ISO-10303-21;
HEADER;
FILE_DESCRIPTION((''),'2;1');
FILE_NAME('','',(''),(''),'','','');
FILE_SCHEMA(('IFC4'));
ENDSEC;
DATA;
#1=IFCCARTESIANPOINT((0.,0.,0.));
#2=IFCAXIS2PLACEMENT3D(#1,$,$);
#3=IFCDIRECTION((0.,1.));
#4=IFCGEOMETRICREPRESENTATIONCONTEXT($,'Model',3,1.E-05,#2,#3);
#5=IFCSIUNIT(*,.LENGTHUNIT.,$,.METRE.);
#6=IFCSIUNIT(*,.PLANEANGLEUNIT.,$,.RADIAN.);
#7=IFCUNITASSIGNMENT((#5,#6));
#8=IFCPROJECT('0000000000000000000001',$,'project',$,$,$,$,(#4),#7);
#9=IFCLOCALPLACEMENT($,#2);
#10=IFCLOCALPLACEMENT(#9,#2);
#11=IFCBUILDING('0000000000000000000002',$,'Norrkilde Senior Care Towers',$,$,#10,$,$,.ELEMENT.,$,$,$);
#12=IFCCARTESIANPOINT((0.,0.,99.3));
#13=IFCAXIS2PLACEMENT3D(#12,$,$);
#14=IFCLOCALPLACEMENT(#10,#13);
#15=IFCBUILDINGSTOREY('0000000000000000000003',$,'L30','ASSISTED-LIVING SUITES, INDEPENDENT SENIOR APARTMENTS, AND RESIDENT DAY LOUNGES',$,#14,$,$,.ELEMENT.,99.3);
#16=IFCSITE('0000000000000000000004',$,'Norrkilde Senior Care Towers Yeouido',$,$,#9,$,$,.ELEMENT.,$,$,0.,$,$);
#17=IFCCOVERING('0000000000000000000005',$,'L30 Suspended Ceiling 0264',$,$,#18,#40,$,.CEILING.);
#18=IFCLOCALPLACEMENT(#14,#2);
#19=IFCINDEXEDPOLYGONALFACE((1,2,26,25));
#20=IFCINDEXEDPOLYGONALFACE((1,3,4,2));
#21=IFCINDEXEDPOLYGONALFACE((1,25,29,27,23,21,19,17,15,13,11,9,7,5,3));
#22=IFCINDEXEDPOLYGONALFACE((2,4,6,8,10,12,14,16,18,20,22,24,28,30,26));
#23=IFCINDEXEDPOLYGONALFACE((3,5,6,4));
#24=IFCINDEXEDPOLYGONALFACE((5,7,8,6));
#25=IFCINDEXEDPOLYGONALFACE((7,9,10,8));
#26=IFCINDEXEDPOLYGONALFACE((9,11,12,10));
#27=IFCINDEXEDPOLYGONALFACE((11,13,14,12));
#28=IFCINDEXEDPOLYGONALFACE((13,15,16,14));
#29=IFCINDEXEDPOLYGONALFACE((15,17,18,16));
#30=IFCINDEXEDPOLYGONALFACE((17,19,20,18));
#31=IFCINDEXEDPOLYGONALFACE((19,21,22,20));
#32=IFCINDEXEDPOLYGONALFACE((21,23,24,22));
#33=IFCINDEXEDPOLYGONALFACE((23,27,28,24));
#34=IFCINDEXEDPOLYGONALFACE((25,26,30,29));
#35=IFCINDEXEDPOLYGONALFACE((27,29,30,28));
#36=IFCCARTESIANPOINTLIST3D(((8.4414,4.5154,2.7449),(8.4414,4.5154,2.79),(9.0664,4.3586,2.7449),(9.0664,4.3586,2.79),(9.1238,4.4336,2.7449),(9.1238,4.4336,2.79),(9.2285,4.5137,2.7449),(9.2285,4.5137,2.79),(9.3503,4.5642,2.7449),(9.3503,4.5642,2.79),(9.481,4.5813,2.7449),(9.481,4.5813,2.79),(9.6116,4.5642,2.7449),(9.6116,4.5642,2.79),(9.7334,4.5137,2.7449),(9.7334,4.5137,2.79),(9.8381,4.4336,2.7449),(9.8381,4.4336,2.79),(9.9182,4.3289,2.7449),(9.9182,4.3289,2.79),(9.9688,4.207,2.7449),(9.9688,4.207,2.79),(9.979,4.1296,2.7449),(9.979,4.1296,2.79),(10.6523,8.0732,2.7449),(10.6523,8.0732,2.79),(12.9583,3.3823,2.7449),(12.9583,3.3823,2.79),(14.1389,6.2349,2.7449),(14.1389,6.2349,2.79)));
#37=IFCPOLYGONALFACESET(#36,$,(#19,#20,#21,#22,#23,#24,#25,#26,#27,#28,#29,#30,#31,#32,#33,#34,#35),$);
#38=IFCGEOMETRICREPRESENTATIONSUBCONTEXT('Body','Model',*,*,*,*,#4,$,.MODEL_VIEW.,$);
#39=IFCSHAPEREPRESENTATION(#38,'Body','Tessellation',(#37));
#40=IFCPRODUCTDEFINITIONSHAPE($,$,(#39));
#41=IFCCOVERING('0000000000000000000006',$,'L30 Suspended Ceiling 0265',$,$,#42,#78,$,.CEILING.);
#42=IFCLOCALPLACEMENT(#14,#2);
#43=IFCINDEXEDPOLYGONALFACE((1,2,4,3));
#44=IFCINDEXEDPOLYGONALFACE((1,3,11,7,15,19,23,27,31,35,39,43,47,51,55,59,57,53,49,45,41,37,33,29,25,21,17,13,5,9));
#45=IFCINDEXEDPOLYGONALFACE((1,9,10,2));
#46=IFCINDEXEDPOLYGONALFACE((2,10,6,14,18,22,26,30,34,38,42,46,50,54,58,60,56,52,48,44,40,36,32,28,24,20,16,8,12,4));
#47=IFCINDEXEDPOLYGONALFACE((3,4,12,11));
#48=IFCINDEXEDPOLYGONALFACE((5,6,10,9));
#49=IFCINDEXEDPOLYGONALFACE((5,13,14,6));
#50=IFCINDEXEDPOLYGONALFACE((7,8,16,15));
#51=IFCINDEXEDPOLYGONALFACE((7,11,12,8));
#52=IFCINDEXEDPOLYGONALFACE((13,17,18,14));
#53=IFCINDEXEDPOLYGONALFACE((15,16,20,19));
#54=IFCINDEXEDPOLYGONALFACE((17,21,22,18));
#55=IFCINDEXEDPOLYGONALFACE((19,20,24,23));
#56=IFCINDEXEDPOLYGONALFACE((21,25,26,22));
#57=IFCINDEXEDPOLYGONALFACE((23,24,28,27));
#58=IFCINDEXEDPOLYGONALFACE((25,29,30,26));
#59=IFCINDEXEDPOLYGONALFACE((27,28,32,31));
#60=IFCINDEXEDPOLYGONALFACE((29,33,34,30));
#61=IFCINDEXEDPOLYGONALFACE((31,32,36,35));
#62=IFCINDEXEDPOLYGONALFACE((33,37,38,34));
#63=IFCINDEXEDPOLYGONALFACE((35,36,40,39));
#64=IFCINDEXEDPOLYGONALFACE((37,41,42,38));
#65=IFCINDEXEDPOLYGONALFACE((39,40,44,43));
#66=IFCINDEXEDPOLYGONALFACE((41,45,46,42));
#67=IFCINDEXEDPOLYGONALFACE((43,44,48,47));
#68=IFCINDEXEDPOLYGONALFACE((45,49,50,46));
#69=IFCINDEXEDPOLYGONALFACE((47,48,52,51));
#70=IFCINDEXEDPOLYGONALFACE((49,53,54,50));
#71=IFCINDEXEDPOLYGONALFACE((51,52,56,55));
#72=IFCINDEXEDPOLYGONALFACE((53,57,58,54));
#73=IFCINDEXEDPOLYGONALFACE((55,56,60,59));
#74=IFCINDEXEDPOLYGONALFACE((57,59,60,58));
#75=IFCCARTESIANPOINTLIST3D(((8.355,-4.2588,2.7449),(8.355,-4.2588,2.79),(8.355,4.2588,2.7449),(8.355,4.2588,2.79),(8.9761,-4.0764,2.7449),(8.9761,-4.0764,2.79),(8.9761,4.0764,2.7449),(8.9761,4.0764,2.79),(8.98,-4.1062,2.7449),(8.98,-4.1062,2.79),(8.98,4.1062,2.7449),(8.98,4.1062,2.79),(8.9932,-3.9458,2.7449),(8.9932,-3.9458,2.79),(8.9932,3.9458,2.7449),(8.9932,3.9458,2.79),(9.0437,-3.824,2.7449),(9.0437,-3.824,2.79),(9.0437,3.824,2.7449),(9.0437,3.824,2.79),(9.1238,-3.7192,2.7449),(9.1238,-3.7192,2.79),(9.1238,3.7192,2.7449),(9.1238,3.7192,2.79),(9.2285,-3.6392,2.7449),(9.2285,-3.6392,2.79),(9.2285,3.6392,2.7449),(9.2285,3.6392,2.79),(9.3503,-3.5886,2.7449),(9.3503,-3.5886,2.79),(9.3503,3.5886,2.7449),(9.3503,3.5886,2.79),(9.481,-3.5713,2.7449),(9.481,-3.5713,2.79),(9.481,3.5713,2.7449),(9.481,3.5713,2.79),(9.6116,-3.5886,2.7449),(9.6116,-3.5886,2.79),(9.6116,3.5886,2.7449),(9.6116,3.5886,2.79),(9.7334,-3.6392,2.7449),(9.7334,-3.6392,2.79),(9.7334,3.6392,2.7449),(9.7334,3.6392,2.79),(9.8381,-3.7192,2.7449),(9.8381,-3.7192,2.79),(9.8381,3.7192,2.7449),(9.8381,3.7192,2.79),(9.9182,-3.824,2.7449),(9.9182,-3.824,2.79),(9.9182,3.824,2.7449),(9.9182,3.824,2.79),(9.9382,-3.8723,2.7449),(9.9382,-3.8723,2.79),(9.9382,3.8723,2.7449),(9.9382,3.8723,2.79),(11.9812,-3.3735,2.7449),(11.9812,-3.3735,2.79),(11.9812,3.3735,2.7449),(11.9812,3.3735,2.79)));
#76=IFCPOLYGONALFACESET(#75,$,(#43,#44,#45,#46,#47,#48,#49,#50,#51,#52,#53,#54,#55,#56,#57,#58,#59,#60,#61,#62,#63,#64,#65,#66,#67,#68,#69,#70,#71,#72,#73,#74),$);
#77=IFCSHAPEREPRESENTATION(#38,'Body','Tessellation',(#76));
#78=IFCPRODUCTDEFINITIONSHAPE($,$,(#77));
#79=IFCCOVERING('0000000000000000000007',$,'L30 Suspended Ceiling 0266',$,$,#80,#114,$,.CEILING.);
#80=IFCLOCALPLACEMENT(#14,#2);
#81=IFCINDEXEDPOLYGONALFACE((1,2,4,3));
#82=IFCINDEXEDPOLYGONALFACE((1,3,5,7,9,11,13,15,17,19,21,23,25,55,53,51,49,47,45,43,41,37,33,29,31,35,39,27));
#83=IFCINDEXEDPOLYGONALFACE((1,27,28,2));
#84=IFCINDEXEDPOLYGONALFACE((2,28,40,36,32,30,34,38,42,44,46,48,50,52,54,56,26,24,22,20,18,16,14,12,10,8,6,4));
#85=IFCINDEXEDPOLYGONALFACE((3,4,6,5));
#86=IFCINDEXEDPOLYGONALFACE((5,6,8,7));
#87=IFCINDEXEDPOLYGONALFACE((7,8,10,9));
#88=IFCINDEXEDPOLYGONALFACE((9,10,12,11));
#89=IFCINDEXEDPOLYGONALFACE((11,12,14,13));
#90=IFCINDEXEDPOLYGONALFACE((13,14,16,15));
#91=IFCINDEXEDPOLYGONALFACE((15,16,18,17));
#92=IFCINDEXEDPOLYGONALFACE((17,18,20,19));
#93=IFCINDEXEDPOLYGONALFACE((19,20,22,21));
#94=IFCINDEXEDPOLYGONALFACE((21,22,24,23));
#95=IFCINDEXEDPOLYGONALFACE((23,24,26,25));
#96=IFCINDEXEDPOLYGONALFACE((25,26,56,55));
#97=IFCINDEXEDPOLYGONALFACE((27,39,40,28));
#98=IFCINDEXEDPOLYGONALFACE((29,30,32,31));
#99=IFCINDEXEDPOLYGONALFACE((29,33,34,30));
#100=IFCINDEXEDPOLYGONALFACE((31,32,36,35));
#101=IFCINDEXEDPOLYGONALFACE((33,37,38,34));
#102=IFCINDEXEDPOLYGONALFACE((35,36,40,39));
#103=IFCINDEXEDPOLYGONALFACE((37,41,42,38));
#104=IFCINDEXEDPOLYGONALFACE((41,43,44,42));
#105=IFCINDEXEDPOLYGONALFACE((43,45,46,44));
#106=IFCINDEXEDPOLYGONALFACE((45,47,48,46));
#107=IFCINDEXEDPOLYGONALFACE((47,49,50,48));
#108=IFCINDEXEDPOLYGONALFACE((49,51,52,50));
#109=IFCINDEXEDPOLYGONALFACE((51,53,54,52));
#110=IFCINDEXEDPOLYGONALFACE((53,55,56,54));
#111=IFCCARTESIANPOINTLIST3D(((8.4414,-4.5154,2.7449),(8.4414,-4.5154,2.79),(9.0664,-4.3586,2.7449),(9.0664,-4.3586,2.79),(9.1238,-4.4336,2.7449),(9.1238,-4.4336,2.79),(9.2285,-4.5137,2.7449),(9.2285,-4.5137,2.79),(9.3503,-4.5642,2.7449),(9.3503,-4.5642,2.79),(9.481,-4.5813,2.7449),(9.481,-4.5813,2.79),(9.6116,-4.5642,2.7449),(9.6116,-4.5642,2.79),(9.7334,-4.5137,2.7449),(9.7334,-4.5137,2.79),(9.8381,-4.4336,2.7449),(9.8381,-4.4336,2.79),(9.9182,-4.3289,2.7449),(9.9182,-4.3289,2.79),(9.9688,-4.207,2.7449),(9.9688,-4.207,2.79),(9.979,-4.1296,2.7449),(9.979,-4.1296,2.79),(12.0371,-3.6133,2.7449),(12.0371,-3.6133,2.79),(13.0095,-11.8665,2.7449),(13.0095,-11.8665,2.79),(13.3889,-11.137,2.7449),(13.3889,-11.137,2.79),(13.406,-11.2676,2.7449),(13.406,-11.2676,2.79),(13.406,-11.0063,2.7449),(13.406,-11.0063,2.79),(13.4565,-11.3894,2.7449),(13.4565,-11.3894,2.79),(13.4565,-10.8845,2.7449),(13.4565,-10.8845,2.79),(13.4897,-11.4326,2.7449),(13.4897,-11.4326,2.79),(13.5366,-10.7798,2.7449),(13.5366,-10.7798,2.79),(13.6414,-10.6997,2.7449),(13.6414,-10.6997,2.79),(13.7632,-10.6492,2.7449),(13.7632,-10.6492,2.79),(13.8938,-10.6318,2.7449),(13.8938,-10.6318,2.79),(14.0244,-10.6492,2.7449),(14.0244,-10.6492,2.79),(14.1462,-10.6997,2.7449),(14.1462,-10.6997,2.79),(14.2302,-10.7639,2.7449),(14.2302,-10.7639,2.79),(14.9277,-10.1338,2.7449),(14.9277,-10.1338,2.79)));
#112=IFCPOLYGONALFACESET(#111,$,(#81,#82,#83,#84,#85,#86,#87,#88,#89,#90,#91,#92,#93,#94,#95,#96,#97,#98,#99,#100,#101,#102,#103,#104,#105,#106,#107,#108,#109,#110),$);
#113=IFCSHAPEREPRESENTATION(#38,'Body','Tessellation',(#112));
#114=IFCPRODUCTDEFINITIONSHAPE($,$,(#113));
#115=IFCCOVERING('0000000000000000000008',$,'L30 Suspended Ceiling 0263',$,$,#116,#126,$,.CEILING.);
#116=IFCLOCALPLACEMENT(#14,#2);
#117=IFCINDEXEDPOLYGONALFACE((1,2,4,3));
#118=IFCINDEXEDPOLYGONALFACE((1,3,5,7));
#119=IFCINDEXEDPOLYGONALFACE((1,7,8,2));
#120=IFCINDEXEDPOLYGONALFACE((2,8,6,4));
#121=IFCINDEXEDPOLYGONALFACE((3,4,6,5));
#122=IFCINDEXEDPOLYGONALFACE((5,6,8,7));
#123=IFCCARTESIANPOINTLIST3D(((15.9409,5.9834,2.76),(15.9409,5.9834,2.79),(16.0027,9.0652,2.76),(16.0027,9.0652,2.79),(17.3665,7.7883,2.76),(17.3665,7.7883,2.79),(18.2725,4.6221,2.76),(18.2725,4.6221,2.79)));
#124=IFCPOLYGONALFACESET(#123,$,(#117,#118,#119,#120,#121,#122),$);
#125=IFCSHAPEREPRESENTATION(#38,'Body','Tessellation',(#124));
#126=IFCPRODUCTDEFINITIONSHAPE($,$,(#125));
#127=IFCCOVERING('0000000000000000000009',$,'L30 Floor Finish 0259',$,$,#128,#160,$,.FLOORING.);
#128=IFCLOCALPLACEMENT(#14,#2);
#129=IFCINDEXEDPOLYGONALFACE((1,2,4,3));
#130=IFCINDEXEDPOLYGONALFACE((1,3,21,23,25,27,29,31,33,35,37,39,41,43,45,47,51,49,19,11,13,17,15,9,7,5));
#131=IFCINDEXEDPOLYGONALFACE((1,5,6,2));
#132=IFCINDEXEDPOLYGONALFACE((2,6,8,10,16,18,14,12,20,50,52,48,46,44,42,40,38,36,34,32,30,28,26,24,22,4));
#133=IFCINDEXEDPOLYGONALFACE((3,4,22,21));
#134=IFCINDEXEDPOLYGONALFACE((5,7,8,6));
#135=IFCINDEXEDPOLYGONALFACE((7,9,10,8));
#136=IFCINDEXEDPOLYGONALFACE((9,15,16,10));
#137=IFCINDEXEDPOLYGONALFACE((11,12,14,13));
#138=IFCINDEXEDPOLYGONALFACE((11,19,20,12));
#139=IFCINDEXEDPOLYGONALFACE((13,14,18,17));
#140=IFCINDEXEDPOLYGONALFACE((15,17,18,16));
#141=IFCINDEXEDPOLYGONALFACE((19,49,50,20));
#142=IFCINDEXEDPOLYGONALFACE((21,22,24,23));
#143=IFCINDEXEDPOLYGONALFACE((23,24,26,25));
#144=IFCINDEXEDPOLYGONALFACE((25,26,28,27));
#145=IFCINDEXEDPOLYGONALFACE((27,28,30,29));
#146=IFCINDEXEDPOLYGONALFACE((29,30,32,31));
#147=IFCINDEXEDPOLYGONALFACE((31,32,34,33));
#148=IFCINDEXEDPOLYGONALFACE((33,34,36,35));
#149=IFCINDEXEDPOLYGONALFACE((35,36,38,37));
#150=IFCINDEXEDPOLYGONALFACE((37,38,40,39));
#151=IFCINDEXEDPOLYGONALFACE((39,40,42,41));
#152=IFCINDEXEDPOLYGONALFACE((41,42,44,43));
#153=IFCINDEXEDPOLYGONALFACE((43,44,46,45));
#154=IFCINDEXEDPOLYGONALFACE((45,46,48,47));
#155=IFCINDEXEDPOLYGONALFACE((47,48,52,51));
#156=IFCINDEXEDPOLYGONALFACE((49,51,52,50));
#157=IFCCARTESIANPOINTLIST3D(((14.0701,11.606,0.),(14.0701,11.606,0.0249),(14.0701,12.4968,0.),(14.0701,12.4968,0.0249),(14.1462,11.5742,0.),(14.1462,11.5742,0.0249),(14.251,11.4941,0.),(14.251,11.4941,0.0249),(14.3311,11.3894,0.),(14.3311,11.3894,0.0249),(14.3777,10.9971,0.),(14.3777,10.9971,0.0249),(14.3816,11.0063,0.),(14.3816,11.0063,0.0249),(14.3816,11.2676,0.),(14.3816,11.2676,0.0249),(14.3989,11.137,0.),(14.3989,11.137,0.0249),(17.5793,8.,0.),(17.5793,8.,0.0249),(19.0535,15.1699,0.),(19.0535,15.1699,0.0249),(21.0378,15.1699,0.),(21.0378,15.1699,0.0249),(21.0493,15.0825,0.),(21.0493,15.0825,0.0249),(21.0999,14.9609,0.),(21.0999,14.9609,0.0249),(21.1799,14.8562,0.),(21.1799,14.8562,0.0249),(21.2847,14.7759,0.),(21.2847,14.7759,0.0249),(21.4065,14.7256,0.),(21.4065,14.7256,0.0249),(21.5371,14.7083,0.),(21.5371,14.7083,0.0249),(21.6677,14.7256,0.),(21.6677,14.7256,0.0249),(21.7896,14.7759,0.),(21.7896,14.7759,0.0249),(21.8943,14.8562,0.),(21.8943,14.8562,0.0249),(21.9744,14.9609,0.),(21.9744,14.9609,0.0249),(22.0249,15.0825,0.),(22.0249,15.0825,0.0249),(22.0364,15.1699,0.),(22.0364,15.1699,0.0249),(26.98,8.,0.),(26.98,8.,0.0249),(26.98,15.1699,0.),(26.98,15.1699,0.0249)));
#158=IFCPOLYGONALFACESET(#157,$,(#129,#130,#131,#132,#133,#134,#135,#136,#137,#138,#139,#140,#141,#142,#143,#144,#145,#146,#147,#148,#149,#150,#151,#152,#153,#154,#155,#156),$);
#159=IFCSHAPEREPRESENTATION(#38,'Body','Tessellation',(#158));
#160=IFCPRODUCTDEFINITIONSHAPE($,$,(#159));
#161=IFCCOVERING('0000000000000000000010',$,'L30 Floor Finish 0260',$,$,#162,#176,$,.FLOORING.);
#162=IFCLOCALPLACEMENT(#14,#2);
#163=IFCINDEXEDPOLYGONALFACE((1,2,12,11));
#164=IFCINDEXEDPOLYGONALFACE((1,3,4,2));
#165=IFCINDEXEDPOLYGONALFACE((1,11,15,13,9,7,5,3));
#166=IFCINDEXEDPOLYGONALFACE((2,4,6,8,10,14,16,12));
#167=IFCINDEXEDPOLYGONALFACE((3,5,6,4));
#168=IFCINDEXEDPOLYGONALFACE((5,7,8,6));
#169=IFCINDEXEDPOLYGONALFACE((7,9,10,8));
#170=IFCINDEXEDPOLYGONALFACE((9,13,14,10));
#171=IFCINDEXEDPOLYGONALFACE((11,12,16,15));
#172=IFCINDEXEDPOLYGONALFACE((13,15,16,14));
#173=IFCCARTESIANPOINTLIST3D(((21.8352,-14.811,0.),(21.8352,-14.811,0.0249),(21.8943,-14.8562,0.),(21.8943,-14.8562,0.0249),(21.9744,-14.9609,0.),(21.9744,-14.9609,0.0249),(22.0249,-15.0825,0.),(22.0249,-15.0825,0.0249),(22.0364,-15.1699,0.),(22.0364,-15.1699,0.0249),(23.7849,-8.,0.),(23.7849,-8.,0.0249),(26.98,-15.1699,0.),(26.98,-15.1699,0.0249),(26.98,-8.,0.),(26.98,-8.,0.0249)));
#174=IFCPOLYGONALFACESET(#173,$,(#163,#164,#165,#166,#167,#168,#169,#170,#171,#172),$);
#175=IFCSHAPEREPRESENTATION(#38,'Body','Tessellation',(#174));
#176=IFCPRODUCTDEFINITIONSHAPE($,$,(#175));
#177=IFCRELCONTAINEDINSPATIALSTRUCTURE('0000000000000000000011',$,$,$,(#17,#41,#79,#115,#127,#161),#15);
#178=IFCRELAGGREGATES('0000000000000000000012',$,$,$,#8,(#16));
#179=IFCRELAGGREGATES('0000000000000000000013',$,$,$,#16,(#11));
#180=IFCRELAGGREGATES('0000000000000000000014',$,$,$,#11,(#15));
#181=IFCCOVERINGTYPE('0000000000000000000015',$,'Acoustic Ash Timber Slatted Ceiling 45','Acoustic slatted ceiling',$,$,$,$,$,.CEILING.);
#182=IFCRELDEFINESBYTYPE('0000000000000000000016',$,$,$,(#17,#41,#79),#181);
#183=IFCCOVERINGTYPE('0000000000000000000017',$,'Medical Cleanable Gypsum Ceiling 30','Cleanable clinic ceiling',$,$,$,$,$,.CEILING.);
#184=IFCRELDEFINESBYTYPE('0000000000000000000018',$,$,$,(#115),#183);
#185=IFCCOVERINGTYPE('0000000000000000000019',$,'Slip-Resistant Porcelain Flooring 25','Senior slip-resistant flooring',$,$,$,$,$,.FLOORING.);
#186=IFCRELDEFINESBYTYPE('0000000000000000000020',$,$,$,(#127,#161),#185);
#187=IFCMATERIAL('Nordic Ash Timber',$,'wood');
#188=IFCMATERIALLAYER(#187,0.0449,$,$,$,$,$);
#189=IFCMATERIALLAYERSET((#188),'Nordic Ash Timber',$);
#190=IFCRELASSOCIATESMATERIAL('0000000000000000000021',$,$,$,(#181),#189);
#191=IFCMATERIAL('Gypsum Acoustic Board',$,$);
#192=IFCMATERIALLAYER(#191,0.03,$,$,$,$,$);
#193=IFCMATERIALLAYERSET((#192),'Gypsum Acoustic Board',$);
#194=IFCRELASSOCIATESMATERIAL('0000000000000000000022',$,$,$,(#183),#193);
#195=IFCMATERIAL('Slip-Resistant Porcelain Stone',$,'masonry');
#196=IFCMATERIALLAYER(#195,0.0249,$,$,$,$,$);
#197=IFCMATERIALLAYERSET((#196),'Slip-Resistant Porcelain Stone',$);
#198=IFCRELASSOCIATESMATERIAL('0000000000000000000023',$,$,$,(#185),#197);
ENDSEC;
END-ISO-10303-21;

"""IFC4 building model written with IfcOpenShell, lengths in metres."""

from ifc_helpers import new_model, si_unit, direction, frame, origin, place, context, subcontext, project, spatial, polyline, outline, extrude, material, layer, layer_set, type_object, element, save


model = new_model("IFC4")

# Units and contexts
model_context = context("Model", 3, precision=1e-05, world=origin(), true_north=direction((0.0, 1.0)))
body_context = subcontext(model_context, "Body", "Model", "MODEL_VIEW")
ifc_project = project(units=[si_unit("LENGTHUNIT", "METRE"), si_unit("PLANEANGLEUNIT", "RADIAN")], contexts=[model_context])

# Site, building, storey
site_placement = place(None, origin())
site = spatial("IfcSite", under=ifc_project, at=site_placement, Name="Norrkilde Senior Care Towers Yeouido", CompositionType="ELEMENT", RefElevation=0.0)
building_placement = place(site_placement, origin())
building = spatial("IfcBuilding", under=site, at=building_placement, Name="Norrkilde Senior Care Towers", CompositionType="ELEMENT")
storey_placement = place(building_placement, frame((0.0, 0.0, 99.3)))
storey = spatial("IfcBuildingStorey", under=building, at=storey_placement, Name="L30", Description="ASSISTED-LIVING SUITES, INDEPENDENT SENIOR APARTMENTS, AND RESIDENT DAY LOUNGES", CompositionType="ELEMENT", Elevation=99.3)

# Shared definitions
ifc_material_1 = material(Name="Gypsum Acoustic Board")
ifc_material_2 = material(Name="Nordic Ash Timber", Category="wood")

# Coverings
ifc_layer_1 = layer(ifc_material_2, 0.0449)
ifc_layer_set_1 = layer_set([ifc_layer_1], Name="Nordic Ash Timber")
covering_type_1 = type_object("IfcCoveringType", Name="Acoustic Ash Timber Slatted Ceiling 45", Description="Acoustic slatted ceiling", PredefinedType="CEILING", material=ifc_layer_set_1)
covering_1_placement = place(storey_placement, frame((0.0, 0.0, 2.7449)))
element("IfcCovering", 1, at=covering_1_placement, inside=storey, type_object=covering_type_1, Name="L30 Suspended Ceiling 0264", PredefinedType="CEILING", context=body_context, shape_type="SweptSolid", body=[
    extrude(outline(polyline([(9.979, 4.1296), (9.9688, 4.207), (9.9182, 4.3289), (9.8381, 4.4336), (9.7334, 4.5137), (9.6116, 4.5642), (9.481, 4.5813), (9.3503, 4.5642), (9.2285, 4.5137), (9.1238, 4.4336), (9.0664, 4.3586), (8.4414, 4.5154), (10.6523, 8.0732), (14.1389, 6.2349), (12.9583, 3.3823), (9.979, 4.1296)])), origin(), (0.0, 0.0, 1.0), 0.0452),
])
covering_2_placement = place(storey_placement, frame((0.0, 0.0, 2.7449)))
element("IfcCovering", 2, at=covering_2_placement, inside=storey, type_object=covering_type_1, Name="L30 Suspended Ceiling 0265", PredefinedType="CEILING", context=body_context, shape_type="SweptSolid", body=[
    extrude(outline(polyline([(8.9761, 4.0764), (8.9932, 3.9458), (9.0437, 3.824), (9.1238, 3.7192), (9.2285, 3.6392), (9.3503, 3.5886), (9.481, 3.5713), (9.6116, 3.5886), (9.7334, 3.6392), (9.8381, 3.7192), (9.9182, 3.824), (9.9382, 3.8723), (11.9812, 3.3735), (11.9812, -3.3735), (9.9382, -3.8723), (9.9182, -3.824), (9.8381, -3.7192), (9.7334, -3.6392), (9.6116, -3.5886), (9.481, -3.5713), (9.3503, -3.5886), (9.2285, -3.6392), (9.1238, -3.7192), (9.0437, -3.824), (8.9932, -3.9458), (8.9761, -4.0764), (8.98, -4.1062), (8.355, -4.2588), (8.355, 4.2588), (8.98, 4.1062), (8.9761, 4.0764)])), origin(), (0.0, 0.0, 1.0), 0.0452),
])
covering_3_placement = place(storey_placement, frame((0.0, 0.0, 2.7449)))
element("IfcCovering", 3, at=covering_3_placement, inside=storey, type_object=covering_type_1, Name="L30 Suspended Ceiling 0266", PredefinedType="CEILING", context=body_context, shape_type="SweptSolid", body=[
    extrude(outline(polyline([(9.1238, -4.4336), (9.2285, -4.5137), (9.3503, -4.5642), (9.481, -4.5813), (9.6116, -4.5642), (9.7334, -4.5137), (9.8381, -4.4336), (9.9182, -4.3289), (9.9688, -4.207), (9.979, -4.1296), (12.0371, -3.6133), (14.9277, -10.1338), (14.2302, -10.7639), (14.1462, -10.6997), (14.0244, -10.6492), (13.8938, -10.6318), (13.7632, -10.6492), (13.6414, -10.6997), (13.5366, -10.7798), (13.4565, -10.8845), (13.406, -11.0063), (13.3889, -11.137), (13.406, -11.2676), (13.4565, -11.3894), (13.4897, -11.4326), (13.0095, -11.8665), (8.4414, -4.5154), (9.0664, -4.3586), (9.1238, -4.4336)])), origin(), (0.0, 0.0, 1.0), 0.0452),
])
ifc_layer_2 = layer(ifc_material_1, 0.03)
ifc_layer_set_2 = layer_set([ifc_layer_2], Name="Gypsum Acoustic Board")
covering_type_2 = type_object("IfcCoveringType", Name="Medical Cleanable Gypsum Ceiling 30", Description="Cleanable clinic ceiling", PredefinedType="CEILING", material=ifc_layer_set_2)
covering_4_placement = place(storey_placement, frame((0.0, 0.0, 2.76)))
element("IfcCovering", 4, at=covering_4_placement, inside=storey, type_object=covering_type_2, Name="L30 Suspended Ceiling 0263", PredefinedType="CEILING", context=body_context, shape_type="SweptSolid", body=[
    extrude(outline(polyline([(16.0027, 9.0652), (17.3665, 7.7883), (18.2725, 4.6221), (15.9409, 5.9834), (16.0027, 9.0652)])), origin(), (0.0, 0.0, 1.0), 0.03),
])
ifc_material_3 = material(Name="Slip-Resistant Porcelain Stone", Category="masonry")
ifc_layer_3 = layer(ifc_material_3, 0.0249)
ifc_layer_set_3 = layer_set([ifc_layer_3], Name="Slip-Resistant Porcelain Stone")
covering_type_3 = type_object("IfcCoveringType", Name="Slip-Resistant Porcelain Flooring 25", Description="Senior slip-resistant flooring", PredefinedType="FLOORING", material=ifc_layer_set_3)
covering_5_placement = place(storey_placement, origin())
element("IfcCovering", 5, at=covering_5_placement, inside=storey, type_object=covering_type_3, Name="L30 Floor Finish 0259", PredefinedType="FLOORING", context=body_context, shape_type="SweptSolid", body=[
    extrude(outline(polyline([(21.0493, 15.0825), (21.0999, 14.9609), (21.1799, 14.8562), (21.2847, 14.7759), (21.4065, 14.7256), (21.5371, 14.7083), (21.6677, 14.7256), (21.7896, 14.7759), (21.8943, 14.8562), (21.9744, 14.9609), (22.0249, 15.0825), (22.0364, 15.1699), (26.98, 15.1699), (26.98, 8.0), (17.5793, 8.0), (14.3777, 10.9971), (14.3816, 11.0063), (14.3989, 11.137), (14.3816, 11.2676), (14.3311, 11.3894), (14.251, 11.4941), (14.1462, 11.5742), (14.0701, 11.606), (14.0701, 12.4968), (19.0535, 15.1699), (21.0378, 15.1699), (21.0493, 15.0825)])), origin(), (0.0, 0.0, 1.0), 0.0249),
])
covering_6_placement = place(storey_placement, origin())
element("IfcCovering", 6, at=covering_6_placement, inside=storey, type_object=covering_type_3, Name="L30 Floor Finish 0260", PredefinedType="FLOORING", context=body_context, shape_type="SweptSolid", body=[
    extrude(outline(polyline([(23.7849, -8.0), (26.98, -8.0), (26.98, -15.1699), (22.0364, -15.1699), (22.0249, -15.0825), (21.9744, -14.9609), (21.8943, -14.8562), (21.8352, -14.811), (23.7849, -8.0)])), origin(), (0.0, 0.0, 1.0), 0.0249),
])

save(model, "model.ifc")
